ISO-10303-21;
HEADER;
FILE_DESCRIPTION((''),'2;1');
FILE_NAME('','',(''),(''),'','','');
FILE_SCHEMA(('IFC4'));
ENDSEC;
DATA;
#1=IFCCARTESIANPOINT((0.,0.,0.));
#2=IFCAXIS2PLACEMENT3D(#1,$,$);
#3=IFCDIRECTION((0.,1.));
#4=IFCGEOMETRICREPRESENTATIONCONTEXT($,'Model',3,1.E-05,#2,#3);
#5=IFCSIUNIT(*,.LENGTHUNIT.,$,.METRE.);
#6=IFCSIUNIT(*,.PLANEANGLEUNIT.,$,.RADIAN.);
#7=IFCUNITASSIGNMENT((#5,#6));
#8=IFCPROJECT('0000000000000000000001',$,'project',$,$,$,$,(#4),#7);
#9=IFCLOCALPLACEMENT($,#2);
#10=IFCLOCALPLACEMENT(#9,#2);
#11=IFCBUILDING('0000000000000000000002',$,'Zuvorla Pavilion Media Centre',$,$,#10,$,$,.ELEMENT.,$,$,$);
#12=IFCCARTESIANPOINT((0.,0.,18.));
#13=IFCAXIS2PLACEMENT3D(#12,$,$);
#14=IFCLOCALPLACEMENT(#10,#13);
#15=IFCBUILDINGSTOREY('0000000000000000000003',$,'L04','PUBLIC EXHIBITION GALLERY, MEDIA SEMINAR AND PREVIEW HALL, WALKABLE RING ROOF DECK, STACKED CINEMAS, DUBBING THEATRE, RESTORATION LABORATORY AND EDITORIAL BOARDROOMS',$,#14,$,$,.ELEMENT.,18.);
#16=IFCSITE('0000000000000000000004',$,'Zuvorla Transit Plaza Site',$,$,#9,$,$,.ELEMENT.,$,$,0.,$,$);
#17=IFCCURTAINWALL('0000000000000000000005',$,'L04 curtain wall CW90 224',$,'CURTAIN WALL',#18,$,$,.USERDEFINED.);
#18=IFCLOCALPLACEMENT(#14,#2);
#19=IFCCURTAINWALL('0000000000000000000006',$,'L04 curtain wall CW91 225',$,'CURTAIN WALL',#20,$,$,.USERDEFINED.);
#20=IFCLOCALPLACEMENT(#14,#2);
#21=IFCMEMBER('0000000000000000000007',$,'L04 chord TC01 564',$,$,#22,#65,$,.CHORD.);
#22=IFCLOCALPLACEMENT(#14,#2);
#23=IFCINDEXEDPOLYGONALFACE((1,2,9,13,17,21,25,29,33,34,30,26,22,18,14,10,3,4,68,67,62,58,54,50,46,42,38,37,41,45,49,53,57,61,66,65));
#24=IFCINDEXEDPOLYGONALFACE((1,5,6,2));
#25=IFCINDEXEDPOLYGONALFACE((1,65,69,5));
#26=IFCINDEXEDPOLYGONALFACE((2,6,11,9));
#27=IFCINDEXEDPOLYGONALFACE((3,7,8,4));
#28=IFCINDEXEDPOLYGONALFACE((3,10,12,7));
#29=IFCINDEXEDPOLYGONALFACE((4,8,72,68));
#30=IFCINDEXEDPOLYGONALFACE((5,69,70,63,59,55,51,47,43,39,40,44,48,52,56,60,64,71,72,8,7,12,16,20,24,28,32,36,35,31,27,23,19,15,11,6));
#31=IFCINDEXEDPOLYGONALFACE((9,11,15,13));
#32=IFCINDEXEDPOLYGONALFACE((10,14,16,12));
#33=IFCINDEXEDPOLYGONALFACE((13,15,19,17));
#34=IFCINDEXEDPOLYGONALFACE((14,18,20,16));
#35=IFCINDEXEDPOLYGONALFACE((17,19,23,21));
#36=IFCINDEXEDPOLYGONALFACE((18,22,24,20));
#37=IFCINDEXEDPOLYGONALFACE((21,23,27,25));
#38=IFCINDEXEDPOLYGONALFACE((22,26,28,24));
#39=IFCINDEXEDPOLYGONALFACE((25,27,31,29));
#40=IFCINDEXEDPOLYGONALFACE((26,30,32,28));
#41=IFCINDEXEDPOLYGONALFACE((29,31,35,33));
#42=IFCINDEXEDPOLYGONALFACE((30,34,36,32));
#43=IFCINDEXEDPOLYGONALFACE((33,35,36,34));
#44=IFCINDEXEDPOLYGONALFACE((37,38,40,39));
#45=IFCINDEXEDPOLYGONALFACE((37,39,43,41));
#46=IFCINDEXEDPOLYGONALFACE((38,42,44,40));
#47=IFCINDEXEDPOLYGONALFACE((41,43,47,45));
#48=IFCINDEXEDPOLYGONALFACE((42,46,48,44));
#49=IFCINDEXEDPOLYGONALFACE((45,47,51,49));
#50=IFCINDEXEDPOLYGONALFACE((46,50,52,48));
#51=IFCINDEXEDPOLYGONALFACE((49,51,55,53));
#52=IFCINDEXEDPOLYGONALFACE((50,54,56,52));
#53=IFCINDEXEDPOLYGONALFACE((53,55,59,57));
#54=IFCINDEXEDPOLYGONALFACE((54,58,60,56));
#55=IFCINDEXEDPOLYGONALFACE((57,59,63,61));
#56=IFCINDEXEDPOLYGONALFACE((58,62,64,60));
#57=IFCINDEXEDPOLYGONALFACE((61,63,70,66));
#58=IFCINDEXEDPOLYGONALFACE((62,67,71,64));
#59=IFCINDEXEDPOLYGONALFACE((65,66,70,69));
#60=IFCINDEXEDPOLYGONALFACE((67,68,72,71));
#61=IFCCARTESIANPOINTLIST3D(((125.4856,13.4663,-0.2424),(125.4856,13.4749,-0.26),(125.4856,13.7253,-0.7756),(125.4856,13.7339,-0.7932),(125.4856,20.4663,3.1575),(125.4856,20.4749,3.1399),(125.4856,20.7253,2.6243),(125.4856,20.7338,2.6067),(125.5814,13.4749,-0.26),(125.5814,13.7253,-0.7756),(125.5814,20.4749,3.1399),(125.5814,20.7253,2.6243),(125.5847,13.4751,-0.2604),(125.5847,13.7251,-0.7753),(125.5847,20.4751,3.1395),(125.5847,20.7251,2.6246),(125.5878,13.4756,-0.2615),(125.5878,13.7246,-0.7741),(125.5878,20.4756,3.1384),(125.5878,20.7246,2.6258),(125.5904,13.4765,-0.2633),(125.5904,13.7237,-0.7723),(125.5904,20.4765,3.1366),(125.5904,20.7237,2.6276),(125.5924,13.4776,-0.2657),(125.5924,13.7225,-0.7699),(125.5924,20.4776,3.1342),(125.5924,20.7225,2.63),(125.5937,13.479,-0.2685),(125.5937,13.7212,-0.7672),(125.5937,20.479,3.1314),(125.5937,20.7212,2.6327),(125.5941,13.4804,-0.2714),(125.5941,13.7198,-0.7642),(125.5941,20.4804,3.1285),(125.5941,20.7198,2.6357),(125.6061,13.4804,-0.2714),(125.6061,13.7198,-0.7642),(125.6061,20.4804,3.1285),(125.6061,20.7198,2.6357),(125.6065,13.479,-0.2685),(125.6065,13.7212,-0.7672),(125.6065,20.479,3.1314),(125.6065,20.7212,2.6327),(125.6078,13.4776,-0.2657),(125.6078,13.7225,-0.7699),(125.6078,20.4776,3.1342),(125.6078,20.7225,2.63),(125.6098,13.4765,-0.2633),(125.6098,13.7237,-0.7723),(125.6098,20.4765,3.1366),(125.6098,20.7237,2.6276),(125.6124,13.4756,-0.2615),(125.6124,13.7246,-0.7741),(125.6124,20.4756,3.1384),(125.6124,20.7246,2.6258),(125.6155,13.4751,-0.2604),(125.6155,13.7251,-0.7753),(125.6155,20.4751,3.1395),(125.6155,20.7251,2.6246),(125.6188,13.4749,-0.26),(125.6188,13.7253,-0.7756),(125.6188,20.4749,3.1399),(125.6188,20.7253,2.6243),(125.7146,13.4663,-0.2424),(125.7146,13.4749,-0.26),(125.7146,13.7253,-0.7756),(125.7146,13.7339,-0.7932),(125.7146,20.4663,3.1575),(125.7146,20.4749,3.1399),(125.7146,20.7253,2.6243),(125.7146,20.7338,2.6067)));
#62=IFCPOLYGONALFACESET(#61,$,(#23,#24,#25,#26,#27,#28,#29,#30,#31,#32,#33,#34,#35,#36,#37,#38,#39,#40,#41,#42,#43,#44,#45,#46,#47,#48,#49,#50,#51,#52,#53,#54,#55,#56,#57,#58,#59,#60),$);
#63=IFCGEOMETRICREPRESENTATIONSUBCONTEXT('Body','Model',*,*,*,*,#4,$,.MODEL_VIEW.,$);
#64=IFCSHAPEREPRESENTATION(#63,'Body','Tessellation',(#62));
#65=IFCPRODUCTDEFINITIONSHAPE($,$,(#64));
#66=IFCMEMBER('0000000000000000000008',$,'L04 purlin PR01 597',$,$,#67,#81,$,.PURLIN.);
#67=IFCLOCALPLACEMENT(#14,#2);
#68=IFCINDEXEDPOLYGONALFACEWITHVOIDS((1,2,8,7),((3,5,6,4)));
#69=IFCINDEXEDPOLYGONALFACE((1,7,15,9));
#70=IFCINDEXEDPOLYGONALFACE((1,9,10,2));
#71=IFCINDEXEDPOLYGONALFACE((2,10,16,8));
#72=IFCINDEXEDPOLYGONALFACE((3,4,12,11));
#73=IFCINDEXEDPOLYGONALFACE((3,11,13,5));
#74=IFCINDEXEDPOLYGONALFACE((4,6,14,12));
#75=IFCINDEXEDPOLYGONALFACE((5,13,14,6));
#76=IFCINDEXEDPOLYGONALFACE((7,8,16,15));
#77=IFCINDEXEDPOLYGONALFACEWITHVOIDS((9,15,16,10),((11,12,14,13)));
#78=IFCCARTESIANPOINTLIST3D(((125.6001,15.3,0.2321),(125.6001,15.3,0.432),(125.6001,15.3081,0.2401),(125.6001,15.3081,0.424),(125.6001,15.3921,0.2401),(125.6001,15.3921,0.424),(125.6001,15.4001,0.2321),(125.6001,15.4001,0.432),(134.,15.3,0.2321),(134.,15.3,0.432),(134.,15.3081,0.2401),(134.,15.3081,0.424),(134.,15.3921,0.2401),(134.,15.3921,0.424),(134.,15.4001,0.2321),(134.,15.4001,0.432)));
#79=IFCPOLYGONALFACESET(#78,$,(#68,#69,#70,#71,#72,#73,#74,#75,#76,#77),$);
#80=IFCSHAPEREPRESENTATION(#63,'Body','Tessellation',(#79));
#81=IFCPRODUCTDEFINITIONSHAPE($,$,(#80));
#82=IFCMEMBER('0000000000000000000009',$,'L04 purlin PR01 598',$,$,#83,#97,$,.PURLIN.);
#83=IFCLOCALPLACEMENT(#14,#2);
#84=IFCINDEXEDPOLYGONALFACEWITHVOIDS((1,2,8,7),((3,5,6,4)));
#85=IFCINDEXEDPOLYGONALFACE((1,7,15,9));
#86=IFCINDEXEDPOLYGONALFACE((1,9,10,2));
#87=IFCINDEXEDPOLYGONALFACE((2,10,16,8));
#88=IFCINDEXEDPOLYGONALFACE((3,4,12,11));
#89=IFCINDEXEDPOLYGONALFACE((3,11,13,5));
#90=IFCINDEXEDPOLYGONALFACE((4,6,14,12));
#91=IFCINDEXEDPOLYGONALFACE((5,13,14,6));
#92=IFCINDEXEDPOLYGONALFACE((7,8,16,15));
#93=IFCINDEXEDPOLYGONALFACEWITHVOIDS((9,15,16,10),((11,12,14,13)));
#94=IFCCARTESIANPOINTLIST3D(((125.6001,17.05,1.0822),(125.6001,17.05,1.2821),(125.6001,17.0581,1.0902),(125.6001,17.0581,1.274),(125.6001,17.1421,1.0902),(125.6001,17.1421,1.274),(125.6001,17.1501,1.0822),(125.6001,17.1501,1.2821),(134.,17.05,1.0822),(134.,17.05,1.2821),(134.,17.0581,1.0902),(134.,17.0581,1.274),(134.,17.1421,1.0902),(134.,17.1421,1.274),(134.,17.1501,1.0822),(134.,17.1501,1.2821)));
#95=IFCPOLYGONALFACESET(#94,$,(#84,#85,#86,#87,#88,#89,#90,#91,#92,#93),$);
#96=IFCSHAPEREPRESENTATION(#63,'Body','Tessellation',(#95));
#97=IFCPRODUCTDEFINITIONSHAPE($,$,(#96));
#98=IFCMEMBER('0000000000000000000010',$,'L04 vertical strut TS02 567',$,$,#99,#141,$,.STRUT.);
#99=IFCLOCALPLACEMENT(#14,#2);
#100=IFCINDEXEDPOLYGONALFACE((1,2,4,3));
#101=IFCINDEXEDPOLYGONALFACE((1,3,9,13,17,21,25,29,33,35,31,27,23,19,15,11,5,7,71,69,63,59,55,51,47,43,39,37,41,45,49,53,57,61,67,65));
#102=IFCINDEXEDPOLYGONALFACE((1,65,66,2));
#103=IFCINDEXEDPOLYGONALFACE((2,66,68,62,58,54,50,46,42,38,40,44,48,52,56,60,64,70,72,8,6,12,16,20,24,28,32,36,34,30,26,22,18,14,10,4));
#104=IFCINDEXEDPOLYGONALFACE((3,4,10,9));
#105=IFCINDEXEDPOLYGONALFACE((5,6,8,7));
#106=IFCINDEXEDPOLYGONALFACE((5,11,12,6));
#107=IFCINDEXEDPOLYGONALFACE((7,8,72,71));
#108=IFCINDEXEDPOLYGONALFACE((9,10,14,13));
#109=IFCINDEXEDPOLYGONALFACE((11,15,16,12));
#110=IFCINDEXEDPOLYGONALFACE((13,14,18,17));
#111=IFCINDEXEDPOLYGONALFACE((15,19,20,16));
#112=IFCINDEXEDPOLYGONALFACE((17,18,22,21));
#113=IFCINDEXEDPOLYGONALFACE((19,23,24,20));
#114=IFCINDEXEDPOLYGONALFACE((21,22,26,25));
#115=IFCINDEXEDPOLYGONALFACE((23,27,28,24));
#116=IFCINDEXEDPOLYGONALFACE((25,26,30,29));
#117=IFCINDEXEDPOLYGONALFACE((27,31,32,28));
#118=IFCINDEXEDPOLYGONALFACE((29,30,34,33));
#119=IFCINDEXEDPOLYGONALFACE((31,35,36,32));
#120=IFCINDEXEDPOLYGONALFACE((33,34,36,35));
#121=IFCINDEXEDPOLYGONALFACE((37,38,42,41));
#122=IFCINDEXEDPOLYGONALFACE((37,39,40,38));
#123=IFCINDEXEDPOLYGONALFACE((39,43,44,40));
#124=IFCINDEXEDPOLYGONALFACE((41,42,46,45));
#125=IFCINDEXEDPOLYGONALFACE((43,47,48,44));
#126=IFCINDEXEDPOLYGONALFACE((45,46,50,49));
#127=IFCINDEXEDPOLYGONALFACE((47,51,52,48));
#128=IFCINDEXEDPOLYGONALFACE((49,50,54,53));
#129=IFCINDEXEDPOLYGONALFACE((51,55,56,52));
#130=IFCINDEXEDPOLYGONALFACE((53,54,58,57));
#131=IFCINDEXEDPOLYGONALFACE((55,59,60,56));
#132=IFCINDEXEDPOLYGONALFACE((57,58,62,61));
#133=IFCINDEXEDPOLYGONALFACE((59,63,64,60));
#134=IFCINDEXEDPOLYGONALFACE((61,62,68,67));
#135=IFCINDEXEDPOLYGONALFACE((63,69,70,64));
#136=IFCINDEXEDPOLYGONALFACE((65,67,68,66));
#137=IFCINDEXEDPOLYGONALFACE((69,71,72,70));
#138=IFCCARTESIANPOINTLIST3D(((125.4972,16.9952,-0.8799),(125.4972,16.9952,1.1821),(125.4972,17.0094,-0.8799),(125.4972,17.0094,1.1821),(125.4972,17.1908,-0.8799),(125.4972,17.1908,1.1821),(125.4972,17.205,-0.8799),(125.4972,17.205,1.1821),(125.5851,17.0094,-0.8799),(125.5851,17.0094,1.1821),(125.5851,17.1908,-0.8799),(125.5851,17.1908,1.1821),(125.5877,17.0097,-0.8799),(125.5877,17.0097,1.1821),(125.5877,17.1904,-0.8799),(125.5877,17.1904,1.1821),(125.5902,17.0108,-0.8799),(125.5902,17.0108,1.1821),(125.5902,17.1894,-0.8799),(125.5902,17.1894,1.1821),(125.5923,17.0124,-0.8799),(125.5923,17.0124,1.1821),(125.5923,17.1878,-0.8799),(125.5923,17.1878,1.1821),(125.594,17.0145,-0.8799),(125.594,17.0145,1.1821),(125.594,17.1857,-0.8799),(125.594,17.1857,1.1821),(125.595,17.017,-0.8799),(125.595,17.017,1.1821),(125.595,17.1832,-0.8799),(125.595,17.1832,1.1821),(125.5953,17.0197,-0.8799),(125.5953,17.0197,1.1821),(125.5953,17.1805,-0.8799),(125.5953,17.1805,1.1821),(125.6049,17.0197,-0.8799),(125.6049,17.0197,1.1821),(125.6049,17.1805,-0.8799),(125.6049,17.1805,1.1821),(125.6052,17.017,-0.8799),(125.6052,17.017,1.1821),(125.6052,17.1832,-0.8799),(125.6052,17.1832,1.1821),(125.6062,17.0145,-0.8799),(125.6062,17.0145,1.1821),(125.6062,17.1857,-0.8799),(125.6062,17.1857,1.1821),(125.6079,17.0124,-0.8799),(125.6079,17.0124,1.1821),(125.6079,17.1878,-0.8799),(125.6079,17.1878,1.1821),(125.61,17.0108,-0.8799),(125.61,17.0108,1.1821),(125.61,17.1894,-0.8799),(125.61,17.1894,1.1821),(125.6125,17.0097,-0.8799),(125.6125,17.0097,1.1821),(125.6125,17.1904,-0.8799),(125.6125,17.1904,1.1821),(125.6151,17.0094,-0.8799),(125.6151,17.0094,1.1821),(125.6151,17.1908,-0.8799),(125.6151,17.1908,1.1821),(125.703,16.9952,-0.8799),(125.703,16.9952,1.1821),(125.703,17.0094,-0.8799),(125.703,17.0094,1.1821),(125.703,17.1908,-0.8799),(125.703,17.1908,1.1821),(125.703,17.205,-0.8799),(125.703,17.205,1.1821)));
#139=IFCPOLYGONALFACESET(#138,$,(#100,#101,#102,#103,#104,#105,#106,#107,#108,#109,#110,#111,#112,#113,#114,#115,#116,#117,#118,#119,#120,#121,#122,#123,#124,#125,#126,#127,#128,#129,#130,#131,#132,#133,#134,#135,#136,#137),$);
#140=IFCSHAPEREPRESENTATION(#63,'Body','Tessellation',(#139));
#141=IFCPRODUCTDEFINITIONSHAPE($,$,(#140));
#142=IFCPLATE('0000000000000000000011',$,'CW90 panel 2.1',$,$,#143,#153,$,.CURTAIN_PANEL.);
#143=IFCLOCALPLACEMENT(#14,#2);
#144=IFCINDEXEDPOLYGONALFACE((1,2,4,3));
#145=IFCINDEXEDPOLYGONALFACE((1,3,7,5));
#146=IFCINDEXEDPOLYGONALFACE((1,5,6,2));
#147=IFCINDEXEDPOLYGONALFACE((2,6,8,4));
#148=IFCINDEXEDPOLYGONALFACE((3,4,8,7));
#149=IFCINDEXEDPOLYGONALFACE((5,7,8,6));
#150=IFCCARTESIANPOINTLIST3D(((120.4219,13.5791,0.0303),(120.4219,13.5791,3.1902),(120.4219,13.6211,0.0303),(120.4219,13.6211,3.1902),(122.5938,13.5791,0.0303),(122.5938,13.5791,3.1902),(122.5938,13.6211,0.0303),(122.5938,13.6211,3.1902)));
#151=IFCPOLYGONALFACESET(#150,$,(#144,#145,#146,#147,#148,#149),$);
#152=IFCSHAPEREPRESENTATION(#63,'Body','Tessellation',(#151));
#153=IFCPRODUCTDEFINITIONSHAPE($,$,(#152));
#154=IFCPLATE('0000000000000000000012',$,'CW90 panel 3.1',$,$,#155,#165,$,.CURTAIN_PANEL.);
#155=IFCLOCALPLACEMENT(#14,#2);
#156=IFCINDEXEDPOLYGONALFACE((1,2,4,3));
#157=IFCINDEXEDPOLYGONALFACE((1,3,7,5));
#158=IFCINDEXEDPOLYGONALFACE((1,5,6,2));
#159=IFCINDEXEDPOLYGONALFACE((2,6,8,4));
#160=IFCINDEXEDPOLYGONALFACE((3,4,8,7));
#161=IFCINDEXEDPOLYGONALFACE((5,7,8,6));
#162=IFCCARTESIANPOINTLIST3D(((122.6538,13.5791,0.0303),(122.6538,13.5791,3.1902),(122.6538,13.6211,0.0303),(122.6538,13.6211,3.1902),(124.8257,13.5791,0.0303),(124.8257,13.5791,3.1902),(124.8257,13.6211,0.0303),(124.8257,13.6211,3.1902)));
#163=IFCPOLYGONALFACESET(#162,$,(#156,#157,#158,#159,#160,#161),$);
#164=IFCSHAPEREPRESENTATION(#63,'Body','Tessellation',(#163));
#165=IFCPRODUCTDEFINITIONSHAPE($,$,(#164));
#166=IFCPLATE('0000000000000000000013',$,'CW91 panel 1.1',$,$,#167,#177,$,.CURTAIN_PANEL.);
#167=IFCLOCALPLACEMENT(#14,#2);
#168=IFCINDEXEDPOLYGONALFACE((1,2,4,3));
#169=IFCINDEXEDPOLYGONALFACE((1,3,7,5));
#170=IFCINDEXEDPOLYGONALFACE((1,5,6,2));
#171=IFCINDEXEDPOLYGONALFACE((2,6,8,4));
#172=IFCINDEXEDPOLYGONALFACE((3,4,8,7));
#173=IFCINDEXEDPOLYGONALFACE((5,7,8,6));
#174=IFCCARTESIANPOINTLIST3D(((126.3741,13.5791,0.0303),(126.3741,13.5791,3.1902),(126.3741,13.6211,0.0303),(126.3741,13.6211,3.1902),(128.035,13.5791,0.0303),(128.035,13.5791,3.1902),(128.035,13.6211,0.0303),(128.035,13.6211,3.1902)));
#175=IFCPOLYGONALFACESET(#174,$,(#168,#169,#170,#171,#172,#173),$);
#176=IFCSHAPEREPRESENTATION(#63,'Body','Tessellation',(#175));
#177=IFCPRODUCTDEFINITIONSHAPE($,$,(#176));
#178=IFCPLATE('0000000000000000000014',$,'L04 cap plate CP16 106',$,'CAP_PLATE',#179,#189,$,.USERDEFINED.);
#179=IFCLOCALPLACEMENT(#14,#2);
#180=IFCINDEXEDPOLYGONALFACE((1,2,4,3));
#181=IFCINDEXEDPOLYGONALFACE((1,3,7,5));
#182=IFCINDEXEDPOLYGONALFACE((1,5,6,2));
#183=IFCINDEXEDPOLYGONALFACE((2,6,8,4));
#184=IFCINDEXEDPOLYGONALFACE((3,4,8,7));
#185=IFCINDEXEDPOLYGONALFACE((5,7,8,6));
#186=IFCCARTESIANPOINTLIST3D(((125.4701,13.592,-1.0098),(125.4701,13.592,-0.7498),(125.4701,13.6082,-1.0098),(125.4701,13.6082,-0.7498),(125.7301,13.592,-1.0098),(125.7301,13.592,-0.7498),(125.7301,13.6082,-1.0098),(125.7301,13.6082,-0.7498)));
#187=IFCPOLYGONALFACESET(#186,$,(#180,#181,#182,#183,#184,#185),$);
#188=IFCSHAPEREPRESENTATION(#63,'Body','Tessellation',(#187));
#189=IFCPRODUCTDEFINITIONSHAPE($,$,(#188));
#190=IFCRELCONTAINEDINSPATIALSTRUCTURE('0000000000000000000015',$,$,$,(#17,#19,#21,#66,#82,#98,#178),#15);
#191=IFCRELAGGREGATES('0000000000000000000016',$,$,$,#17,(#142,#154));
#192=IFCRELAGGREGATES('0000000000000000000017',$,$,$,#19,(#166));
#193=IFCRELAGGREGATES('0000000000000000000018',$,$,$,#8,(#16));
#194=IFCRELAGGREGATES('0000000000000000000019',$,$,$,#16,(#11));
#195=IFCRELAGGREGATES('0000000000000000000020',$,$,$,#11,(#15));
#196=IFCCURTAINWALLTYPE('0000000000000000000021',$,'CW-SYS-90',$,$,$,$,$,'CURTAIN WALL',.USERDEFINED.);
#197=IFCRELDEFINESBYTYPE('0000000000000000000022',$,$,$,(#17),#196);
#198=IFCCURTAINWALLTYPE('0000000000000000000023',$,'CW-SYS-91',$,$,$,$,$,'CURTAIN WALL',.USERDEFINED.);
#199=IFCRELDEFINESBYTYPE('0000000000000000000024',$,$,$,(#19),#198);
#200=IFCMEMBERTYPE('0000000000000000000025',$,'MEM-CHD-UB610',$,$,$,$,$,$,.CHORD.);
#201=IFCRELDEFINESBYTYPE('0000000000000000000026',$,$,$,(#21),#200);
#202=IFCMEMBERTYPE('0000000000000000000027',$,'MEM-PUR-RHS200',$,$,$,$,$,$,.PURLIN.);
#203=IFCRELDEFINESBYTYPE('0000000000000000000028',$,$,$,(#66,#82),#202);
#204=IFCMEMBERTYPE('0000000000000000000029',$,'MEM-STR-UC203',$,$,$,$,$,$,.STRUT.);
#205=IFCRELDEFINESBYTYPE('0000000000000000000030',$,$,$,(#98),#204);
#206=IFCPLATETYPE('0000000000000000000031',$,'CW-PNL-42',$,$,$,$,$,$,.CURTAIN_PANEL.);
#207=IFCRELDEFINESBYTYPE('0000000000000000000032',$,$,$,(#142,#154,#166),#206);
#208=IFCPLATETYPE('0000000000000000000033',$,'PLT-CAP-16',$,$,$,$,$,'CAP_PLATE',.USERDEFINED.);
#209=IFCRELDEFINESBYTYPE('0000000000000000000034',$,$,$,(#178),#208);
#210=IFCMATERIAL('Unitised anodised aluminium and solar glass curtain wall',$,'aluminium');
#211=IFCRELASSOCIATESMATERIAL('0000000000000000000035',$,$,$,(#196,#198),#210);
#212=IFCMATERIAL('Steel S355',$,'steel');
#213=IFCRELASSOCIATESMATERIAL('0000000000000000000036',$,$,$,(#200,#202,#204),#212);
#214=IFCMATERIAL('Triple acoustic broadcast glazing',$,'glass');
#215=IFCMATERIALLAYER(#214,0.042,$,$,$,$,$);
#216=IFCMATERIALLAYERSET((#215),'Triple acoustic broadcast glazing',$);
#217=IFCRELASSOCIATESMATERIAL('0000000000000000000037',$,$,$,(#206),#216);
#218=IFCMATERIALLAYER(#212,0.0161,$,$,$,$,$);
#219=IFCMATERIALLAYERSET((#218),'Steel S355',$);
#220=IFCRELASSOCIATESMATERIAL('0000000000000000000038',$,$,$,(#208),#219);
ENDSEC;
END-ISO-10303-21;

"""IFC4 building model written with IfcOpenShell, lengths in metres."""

from ifc_helpers import new_model, si_unit, direction, frame, origin, origin_2d, place, context, subcontext, project, spatial, rectangle, hollow_rectangle, i_section, extrude, material, layer, layer_set, material_profile, profile_set, type_object, element, aggregate, save


model = new_model("IFC4")

# Units and contexts
model_context = context("Model", 3, precision=1e-05, world=origin(), true_north=direction((0.0, 1.0)))
body_context = subcontext(model_context, "Body", "Model", "MODEL_VIEW")
ifc_project = project(units=[si_unit("LENGTHUNIT", "METRE"), si_unit("PLANEANGLEUNIT", "RADIAN")], contexts=[model_context])

# Site, building, storey
site_placement = place(None, origin())
site = spatial("IfcSite", under=ifc_project, at=site_placement, Name="Zuvorla Transit Plaza Site", CompositionType="ELEMENT", RefElevation=0.0)
building_placement = place(site_placement, origin())
building = spatial("IfcBuilding", under=site, at=building_placement, Name="Zuvorla Pavilion Media Centre", CompositionType="ELEMENT")
storey_placement = place(building_placement, frame((0.0, 0.0, 18.0)))
storey = spatial("IfcBuildingStorey", under=building, at=storey_placement, Name="L04", Description="PUBLIC EXHIBITION GALLERY, MEDIA SEMINAR AND PREVIEW HALL, WALKABLE RING ROOF DECK, STACKED CINEMAS, DUBBING THEATRE, RESTORATION LABORATORY AND EDITORIAL BOARDROOMS", CompositionType="ELEMENT", Elevation=18.0)

# Shared definitions
ifc_material_1 = material(Name="Steel S355", Category="steel")

# Curtain wall
ifc_material_2 = material(Name="Unitised anodised aluminium and solar glass curtain wall", Category="aluminium")
curtain_wall_type_1 = type_object("IfcCurtainWallType", Name="CW-SYS-90", ElementType="CURTAIN WALL", PredefinedType="USERDEFINED", material=ifc_material_2)
curtain_wall_1_placement = place(storey_placement, origin())
curtain_wall_1 = element("IfcCurtainWall", 1, at=curtain_wall_1_placement, inside=storey, type_object=curtain_wall_type_1, Name="L04 curtain wall CW90 224", ObjectType="CURTAIN WALL", PredefinedType="USERDEFINED")

# Curtain wall
curtain_wall_type_2 = type_object("IfcCurtainWallType", Name="CW-SYS-91", ElementType="CURTAIN WALL", PredefinedType="USERDEFINED", material=ifc_material_2)
curtain_wall_2_placement = place(storey_placement, origin())
curtain_wall_2 = element("IfcCurtainWall", 2, at=curtain_wall_2_placement, inside=storey, type_object=curtain_wall_type_2, Name="L04 curtain wall CW91 225", ObjectType="CURTAIN WALL", PredefinedType="USERDEFINED")

# Members
ifc_material_profile_1 = material_profile(ifc_material_1, i_section(OverallWidth=0.229, OverallDepth=0.6123, WebThickness=0.012, FlangeThickness=0.0195, FilletRadius=0.0127, at=origin_2d()), Name="UB 610x229x125")
ifc_profile_set_1 = profile_set([ifc_material_profile_1], Name="Steel S355")
member_type_1 = type_object("IfcMemberType", Name="MEM-CHD-UB610", PredefinedType="CHORD", material=ifc_profile_set_1)
member_1_placement = place(storey_placement, frame((125.6001, 13.6001, -0.5178), z_axis=(0.0, 0.899513, 0.436894), x_axis=(-1.0, 0.0, 0.0)))
element("IfcMember", 3, at=member_1_placement, inside=storey, type_object=member_type_1, Name="L04 chord TC01 564", PredefinedType="CHORD", context=body_context, shape_type="SweptSolid", body=[
    extrude(i_section(OverallWidth=0.229, OverallDepth=0.6123, WebThickness=0.012, FlangeThickness=0.0195, FilletRadius=0.0127, at=origin_2d()), origin(), (0.0, 0.0, 1.0), 7.782),
])
ifc_material_profile_2 = material_profile(ifc_material_1, hollow_rectangle(XDim=0.1001, YDim=0.2, WallThickness=0.0081, at=origin_2d()), Name="RHS 200x100x8")
ifc_profile_set_2 = profile_set([ifc_material_profile_2], Name="Steel S355")
member_type_2 = type_object("IfcMemberType", Name="MEM-PUR-RHS200", PredefinedType="PURLIN", material=ifc_profile_set_2)
for number, where, z_axis, x_axis, name in (
    (4, (125.6001, 15.3501, 0.332), (1.0, 0.0, 0.0), (0.0, 1.0, 0.0), "L04 purlin PR01 597"),
    (5, (125.6001, 17.1001, 1.1821), (1.0, 0.0, 0.0), (0.0, 1.0, 0.0), "L04 purlin PR01 598"),
):
    element("IfcMember", number, at=place(storey_placement, frame(where, z_axis=z_axis, x_axis=x_axis)), inside=storey, type_object=member_type_2, Name=name, PredefinedType="PURLIN", context=body_context, shape_type="SweptSolid", body=[
        extrude(hollow_rectangle(XDim=0.1001, YDim=0.2, WallThickness=0.0081, at=origin_2d()), origin(), (0.0, 0.0, 1.0), 8.3999),
    ])
ifc_material_profile_3 = material_profile(ifc_material_1, i_section(OverallWidth=0.2058, OverallDepth=0.2097, WebThickness=0.0095, FlangeThickness=0.0142, FilletRadius=0.0103, at=origin_2d()), Name="UC 203x203x60")
ifc_profile_set_3 = profile_set([ifc_material_profile_3], Name="Steel S355")
member_type_3 = type_object("IfcMemberType", Name="MEM-STR-UC203", PredefinedType="STRUT", material=ifc_profile_set_3)
member_2_placement = place(storey_placement, frame((125.6001, 17.1001, -0.8799), z_axis=(0.0, 0.0, 1.0), x_axis=(1.0, 0.0, 0.0)))
element("IfcMember", 6, at=member_2_placement, inside=storey, type_object=member_type_3, Name="L04 vertical strut TS02 567", PredefinedType="STRUT", context=body_context, shape_type="SweptSolid", body=[
    extrude(i_section(OverallWidth=0.2058, OverallDepth=0.2097, WebThickness=0.0095, FlangeThickness=0.0142, FilletRadius=0.0103, at=origin_2d()), origin(), (0.0, 0.0, 1.0), 2.062),
])

# Plates
ifc_material_3 = material(Name="Triple acoustic broadcast glazing", Category="glass")
ifc_layer_1 = layer(ifc_material_3, 0.042)
ifc_layer_set_1 = layer_set([ifc_layer_1], Name="Triple acoustic broadcast glazing")
plate_type_1 = type_object("IfcPlateType", Name="CW-PNL-42", PredefinedType="CURTAIN_PANEL", material=ifc_layer_set_1)
plate_1_placement = place(storey_placement, frame((121.5078, 13.6001, 0.0303), z_axis=(0.0, 0.0, 1.0), x_axis=(1.0, 0.0, 0.0)))
plate_1 = element("IfcPlate", 7, at=plate_1_placement, type_object=plate_type_1, Name="CW90 panel 2.1", PredefinedType="CURTAIN_PANEL", context=body_context, shape_type="SweptSolid", body=[
    extrude(rectangle(XDim=2.1719, YDim=0.042, at=origin_2d()), origin(), (0.0, 0.0, 1.0), 3.1599),
])
plate_2_placement = place(storey_placement, frame((123.7397, 13.6001, 0.0303), z_axis=(0.0, 0.0, 1.0), x_axis=(1.0, 0.0, 0.0)))
plate_2 = element("IfcPlate", 8, at=plate_2_placement, type_object=plate_type_1, Name="CW90 panel 3.1", PredefinedType="CURTAIN_PANEL", context=body_context, shape_type="SweptSolid", body=[
    extrude(rectangle(XDim=2.1719, YDim=0.042, at=origin_2d()), origin(), (0.0, 0.0, 1.0), 3.1599),
])
aggregate(curtain_wall_1, [plate_1, plate_2])
plate_3_placement = place(storey_placement, frame((127.2046, 13.6001, 0.0303), z_axis=(0.0, 0.0, 1.0), x_axis=(1.0, 0.0, 0.0)))
plate_3 = element("IfcPlate", 9, at=plate_3_placement, type_object=plate_type_1, Name="CW91 panel 1.1", PredefinedType="CURTAIN_PANEL", context=body_context, shape_type="SweptSolid", body=[
    extrude(rectangle(XDim=1.6609, YDim=0.042, at=origin_2d()), origin(), (0.0, 0.0, 1.0), 3.1599),
])
aggregate(curtain_wall_2, [plate_3])
ifc_layer_2 = layer(ifc_material_1, 0.0161)
ifc_layer_set_2 = layer_set([ifc_layer_2], Name="Steel S355")
plate_type_2 = type_object("IfcPlateType", Name="PLT-CAP-16", ElementType="CAP_PLATE", PredefinedType="USERDEFINED", material=ifc_layer_set_2)
plate_4_placement = place(storey_placement, frame((125.6001, 13.6001, -1.0098), z_axis=(0.0, 0.0, 1.0), x_axis=(1.0, 0.0, 0.0)))
element("IfcPlate", 10, at=plate_4_placement, inside=storey, type_object=plate_type_2, Name="L04 cap plate CP16 106", ObjectType="CAP_PLATE", PredefinedType="USERDEFINED", context=body_context, shape_type="SweptSolid", body=[
    extrude(rectangle(XDim=0.26, YDim=0.0161, at=origin_2d()), origin(), (0.0, 0.0, 1.0), 0.26),
])

save(model, "model.ifc")
